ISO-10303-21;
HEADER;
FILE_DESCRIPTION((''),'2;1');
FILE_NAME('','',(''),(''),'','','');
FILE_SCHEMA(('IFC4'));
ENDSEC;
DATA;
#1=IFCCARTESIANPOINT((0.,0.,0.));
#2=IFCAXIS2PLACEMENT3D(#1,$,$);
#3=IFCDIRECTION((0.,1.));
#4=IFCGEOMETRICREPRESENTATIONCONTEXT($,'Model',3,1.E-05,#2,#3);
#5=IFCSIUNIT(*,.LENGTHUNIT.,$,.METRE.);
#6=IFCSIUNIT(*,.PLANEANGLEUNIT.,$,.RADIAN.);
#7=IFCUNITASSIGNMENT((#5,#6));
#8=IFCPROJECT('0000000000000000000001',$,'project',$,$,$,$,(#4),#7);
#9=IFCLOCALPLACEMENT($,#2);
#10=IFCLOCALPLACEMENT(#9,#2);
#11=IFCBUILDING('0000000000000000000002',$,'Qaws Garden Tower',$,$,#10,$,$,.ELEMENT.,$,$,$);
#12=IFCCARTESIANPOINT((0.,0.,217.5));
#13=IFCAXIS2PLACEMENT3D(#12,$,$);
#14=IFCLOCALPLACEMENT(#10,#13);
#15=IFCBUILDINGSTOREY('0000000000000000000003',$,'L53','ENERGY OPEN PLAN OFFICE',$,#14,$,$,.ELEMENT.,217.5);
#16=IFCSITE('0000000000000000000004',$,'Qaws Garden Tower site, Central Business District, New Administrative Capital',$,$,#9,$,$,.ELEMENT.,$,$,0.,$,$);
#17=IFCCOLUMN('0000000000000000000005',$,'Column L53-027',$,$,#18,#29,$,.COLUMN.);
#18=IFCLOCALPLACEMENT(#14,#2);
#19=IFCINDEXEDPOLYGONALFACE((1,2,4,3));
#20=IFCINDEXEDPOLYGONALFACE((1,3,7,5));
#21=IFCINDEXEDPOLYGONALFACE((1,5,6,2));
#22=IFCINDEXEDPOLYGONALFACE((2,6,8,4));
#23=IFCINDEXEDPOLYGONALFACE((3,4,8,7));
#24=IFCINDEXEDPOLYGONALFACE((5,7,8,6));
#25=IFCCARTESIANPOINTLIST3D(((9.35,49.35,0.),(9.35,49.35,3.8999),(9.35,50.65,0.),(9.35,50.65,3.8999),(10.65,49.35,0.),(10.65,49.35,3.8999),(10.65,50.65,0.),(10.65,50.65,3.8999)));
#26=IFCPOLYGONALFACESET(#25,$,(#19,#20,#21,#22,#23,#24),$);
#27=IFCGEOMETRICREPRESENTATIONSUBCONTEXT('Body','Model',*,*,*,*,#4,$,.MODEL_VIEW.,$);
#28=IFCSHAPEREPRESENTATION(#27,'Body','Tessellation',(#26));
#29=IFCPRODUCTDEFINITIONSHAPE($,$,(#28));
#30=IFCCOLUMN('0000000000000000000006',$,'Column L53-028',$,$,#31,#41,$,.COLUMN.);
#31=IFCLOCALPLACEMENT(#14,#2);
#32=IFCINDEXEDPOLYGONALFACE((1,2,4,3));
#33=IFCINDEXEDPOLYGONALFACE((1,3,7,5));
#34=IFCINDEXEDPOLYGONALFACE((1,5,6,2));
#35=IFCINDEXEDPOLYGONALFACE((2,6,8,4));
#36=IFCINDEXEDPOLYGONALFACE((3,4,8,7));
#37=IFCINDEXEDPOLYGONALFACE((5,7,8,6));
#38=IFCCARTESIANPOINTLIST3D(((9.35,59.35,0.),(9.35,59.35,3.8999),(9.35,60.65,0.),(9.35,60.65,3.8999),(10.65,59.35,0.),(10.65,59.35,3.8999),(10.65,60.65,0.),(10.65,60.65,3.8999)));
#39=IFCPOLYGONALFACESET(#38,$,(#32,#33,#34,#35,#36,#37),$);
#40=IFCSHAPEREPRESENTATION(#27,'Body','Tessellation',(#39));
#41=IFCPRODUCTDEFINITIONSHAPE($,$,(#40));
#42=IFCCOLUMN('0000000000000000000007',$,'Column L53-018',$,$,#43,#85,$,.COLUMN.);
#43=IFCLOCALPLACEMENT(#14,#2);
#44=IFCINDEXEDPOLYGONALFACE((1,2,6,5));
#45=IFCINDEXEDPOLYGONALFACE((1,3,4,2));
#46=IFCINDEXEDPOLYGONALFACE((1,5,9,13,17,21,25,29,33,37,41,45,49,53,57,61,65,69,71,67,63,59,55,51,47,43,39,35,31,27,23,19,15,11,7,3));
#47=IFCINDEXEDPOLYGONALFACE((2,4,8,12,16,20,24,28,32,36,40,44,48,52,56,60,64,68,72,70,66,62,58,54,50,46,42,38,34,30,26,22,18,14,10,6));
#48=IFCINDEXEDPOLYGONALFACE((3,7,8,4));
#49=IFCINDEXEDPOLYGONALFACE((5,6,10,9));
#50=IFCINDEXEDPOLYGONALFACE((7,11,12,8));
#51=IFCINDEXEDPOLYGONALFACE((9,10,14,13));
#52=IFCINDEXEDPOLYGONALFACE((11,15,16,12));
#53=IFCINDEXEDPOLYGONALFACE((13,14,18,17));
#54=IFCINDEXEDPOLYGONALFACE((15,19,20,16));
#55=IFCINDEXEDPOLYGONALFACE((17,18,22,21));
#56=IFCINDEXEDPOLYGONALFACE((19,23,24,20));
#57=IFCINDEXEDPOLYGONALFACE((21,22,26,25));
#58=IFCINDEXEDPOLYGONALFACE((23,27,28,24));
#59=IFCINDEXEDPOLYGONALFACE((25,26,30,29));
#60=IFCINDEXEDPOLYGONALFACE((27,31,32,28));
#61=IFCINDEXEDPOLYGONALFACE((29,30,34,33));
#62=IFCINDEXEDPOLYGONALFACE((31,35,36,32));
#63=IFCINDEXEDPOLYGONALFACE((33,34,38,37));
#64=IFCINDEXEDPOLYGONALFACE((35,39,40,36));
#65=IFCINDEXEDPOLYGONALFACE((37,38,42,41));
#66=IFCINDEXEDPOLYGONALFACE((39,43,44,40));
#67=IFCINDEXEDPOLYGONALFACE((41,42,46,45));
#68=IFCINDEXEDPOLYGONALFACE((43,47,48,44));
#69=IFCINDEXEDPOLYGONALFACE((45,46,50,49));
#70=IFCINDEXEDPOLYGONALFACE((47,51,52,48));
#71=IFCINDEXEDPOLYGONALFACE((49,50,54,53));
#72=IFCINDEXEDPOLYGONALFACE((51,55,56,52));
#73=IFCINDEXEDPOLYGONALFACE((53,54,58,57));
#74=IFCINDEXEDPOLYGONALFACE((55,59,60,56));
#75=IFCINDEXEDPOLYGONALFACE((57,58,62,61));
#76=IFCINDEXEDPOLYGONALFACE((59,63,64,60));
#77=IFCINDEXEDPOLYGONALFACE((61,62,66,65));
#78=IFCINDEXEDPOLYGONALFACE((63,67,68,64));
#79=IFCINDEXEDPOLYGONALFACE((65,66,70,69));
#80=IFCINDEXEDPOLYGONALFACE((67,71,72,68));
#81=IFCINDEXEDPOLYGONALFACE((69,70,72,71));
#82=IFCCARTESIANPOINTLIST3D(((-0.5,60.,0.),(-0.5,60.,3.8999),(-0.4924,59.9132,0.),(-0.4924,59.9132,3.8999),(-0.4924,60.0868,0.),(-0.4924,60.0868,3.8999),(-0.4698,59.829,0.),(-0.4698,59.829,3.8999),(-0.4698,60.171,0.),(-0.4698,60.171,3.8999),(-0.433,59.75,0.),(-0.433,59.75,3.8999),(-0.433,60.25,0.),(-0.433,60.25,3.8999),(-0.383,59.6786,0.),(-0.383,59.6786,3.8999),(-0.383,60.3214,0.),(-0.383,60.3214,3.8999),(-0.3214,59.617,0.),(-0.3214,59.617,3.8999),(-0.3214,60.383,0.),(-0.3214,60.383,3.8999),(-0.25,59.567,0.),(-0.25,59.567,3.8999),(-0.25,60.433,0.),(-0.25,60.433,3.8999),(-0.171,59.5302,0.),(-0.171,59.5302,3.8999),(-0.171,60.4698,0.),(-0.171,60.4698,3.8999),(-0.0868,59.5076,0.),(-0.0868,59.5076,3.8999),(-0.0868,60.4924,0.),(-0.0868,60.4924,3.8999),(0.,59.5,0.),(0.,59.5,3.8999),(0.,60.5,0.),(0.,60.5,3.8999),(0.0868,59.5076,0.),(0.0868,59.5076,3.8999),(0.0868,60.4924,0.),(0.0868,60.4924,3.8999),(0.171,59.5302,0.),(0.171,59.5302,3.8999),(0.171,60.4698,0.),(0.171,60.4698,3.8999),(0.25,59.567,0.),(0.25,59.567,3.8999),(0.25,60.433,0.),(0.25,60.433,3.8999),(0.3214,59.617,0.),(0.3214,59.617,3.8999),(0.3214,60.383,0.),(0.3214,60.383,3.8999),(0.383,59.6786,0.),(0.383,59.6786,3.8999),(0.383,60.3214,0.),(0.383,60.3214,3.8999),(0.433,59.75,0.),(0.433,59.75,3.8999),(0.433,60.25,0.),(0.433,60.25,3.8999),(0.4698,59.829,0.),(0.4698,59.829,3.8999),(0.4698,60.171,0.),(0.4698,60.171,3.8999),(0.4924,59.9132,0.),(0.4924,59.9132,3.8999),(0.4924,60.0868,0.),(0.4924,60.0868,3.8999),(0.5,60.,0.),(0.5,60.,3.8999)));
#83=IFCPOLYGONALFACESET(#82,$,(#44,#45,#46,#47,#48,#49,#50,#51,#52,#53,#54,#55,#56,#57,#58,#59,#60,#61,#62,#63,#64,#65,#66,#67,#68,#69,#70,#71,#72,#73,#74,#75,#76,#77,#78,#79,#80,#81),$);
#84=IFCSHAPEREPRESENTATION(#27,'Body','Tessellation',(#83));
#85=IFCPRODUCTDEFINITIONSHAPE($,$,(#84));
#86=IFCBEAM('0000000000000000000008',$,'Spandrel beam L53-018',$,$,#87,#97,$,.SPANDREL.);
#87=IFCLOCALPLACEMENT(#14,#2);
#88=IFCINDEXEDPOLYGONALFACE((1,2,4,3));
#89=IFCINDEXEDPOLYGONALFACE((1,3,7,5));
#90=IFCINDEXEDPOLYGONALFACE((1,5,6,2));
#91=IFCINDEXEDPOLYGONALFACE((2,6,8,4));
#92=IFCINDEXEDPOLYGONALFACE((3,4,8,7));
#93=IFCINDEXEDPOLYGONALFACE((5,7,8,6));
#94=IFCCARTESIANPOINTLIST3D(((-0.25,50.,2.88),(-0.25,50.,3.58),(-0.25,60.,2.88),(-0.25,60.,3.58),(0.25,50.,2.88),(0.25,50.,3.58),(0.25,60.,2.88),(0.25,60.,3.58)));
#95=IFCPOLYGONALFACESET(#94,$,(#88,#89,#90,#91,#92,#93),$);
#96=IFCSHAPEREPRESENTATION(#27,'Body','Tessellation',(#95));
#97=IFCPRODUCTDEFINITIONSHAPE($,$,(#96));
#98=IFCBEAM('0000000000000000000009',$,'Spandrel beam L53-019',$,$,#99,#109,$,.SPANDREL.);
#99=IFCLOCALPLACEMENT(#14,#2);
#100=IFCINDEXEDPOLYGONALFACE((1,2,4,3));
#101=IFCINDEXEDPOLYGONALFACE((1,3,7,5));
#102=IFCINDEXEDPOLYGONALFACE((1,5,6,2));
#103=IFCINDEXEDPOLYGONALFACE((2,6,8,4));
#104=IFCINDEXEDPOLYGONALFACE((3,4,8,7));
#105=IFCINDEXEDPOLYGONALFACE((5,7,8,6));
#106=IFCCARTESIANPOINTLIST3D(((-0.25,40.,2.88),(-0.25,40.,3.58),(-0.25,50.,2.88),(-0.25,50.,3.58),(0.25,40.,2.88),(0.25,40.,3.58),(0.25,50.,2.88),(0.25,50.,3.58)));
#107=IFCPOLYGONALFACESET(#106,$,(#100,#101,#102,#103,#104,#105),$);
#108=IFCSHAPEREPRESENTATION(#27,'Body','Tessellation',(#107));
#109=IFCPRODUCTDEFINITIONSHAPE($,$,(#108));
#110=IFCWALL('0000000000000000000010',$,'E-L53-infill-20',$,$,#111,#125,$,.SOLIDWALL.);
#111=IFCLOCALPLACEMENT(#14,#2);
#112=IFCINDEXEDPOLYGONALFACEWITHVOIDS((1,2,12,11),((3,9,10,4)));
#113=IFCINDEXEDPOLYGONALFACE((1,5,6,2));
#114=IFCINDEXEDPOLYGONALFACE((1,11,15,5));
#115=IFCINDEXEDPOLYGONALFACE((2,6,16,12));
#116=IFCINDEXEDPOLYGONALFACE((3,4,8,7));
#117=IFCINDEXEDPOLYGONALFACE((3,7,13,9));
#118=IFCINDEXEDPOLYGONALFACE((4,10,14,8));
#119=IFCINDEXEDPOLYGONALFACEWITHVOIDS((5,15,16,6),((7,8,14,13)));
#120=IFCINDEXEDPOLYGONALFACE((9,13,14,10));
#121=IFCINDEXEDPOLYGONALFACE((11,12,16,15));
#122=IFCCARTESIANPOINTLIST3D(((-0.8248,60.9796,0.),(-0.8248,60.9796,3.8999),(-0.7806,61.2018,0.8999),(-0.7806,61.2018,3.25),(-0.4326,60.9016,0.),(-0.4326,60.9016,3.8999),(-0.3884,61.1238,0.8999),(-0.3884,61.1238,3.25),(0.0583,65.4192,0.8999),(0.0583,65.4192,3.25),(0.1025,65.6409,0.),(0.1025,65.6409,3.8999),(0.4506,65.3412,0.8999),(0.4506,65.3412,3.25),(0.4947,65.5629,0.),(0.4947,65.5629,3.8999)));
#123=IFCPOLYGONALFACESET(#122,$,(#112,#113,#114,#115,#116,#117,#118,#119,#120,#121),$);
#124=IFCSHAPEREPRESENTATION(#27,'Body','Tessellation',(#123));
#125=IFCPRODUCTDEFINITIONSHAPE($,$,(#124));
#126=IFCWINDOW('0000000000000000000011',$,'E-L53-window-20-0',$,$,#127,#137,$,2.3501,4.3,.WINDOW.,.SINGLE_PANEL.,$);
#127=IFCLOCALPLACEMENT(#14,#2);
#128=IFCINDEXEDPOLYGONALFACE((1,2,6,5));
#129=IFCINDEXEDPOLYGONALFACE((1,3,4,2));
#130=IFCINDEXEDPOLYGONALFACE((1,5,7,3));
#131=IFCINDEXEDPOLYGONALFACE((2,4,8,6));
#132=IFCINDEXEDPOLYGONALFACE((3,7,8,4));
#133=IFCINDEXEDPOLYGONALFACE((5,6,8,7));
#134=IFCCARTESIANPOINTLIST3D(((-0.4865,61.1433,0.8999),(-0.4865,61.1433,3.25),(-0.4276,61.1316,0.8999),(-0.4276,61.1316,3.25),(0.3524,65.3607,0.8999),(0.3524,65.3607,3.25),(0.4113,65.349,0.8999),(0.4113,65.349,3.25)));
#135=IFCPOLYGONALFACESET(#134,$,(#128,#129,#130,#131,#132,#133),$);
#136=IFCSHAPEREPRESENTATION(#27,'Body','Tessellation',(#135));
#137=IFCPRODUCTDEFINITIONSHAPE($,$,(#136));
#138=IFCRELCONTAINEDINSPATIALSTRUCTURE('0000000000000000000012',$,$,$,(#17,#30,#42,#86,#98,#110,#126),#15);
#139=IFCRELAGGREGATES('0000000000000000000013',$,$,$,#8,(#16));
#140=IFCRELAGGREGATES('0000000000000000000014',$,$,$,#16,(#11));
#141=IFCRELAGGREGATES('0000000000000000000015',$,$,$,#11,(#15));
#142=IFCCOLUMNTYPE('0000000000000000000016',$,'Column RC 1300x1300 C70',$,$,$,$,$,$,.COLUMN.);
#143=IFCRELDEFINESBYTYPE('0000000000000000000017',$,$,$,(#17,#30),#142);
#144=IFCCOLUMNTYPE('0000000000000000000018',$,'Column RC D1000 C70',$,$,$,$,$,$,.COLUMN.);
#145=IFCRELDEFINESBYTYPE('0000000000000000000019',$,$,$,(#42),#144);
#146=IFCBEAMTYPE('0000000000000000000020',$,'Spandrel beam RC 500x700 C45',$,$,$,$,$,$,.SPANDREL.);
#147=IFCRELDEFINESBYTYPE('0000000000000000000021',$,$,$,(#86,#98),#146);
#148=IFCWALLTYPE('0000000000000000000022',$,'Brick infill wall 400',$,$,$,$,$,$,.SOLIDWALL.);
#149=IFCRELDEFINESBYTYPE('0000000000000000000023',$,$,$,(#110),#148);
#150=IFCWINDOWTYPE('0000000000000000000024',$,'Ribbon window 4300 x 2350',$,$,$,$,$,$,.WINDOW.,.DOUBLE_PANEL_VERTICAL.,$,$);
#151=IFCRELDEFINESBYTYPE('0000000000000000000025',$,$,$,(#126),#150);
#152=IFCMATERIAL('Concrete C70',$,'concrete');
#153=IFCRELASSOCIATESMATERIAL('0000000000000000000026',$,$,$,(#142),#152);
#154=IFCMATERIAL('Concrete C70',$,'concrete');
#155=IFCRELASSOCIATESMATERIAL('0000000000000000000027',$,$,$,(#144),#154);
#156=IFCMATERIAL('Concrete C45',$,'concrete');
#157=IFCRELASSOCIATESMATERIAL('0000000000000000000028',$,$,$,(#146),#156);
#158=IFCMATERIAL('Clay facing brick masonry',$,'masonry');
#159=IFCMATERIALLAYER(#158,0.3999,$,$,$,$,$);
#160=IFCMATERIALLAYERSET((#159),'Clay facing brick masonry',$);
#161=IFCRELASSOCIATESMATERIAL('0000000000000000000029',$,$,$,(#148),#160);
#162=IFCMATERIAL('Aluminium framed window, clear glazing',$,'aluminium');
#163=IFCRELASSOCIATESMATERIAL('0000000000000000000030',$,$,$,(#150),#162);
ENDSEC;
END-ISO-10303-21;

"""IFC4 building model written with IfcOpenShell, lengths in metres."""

from ifc_helpers import new_model, si_unit, direction, frame, frame_2d, origin, origin_2d, place, context, subcontext, project, spatial, rectangle, circle, extrude, material, layer, layer_set, material_profile, profile_set, type_object, element, fill, save


model = new_model("IFC4")

# Units and contexts
model_context = context("Model", 3, precision=1e-05, world=origin(), true_north=direction((0.0, 1.0)))
body_context = subcontext(model_context, "Body", "Model", "MODEL_VIEW")
ifc_project = project(units=[si_unit("LENGTHUNIT", "METRE"), si_unit("PLANEANGLEUNIT", "RADIAN")], contexts=[model_context])

# Site, building, storey
site_placement = place(None, origin())
site = spatial("IfcSite", under=ifc_project, at=site_placement, Name="Qaws Garden Tower site, Central Business District, New Administrative Capital", CompositionType="ELEMENT", RefElevation=0.0)
building_placement = place(site_placement, origin())
building = spatial("IfcBuilding", under=site, at=building_placement, Name="Qaws Garden Tower", CompositionType="ELEMENT")
storey_placement = place(building_placement, frame((0.0, 0.0, 217.5)))
storey = spatial("IfcBuildingStorey", under=building, at=storey_placement, Name="L53", Description="ENERGY OPEN PLAN OFFICE", CompositionType="ELEMENT", Elevation=217.5)

# Columns
ifc_material_1 = material(Name="Concrete C70", Category="concrete")
ifc_material_profile_1 = material_profile(ifc_material_1, rectangle(XDim=1.3, YDim=1.3, at=origin_2d()), Name="RC 1300x1300")
ifc_profile_set_1 = profile_set([ifc_material_profile_1], Name="Concrete C70")
column_type_1 = type_object("IfcColumnType", Name="Column RC 1300x1300 C70", PredefinedType="COLUMN", material=ifc_profile_set_1)
for number, where, z_axis, x_axis, name in (
    (1, (10.0, 50.0, 0.0), (0.0, 0.0, 1.0), (1.0, 0.0, 0.0), "Column L53-027"),
    (2, (10.0, 60.0, 0.0), (0.0, 0.0, 1.0), (1.0, 0.0, 0.0), "Column L53-028"),
):
    element("IfcColumn", number, at=place(storey_placement, frame(where, z_axis=z_axis, x_axis=x_axis)), inside=storey, type_object=column_type_1, Name=name, PredefinedType="COLUMN", context=body_context, shape_type="SweptSolid", body=[
        extrude(rectangle(XDim=1.3, YDim=1.3, at=origin_2d()), origin(), (0.0, 0.0, 1.0), 3.8999),
    ])
ifc_material_2 = material(Name="Concrete C70", Category="concrete")
ifc_material_profile_2 = material_profile(ifc_material_2, circle(Radius=0.5, at=origin_2d()), Name="RC D1000")
ifc_profile_set_2 = profile_set([ifc_material_profile_2], Name="Concrete C70")
column_type_2 = type_object("IfcColumnType", Name="Column RC D1000 C70", PredefinedType="COLUMN", material=ifc_profile_set_2)
column_placement = place(storey_placement, frame((0.0, 60.0, 0.0), z_axis=(0.0, 0.0, 1.0), x_axis=(1.0, 0.0, 0.0)))
element("IfcColumn", 3, at=column_placement, inside=storey, type_object=column_type_2, Name="Column L53-018", PredefinedType="COLUMN", context=body_context, shape_type="SweptSolid", body=[
    extrude(circle(Radius=0.5, at=origin_2d()), origin(), (0.0, 0.0, 1.0), 3.8999),
])

# Beams
ifc_material_3 = material(Name="Concrete C45", Category="concrete")
ifc_material_profile_3 = material_profile(ifc_material_3, rectangle(XDim=0.5, YDim=0.7, at=origin_2d()), Name="RC 500x700")
ifc_profile_set_3 = profile_set([ifc_material_profile_3], Name="Concrete C45")
beam_type = type_object("IfcBeamType", Name="Spandrel beam RC 500x700 C45", PredefinedType="SPANDREL", material=ifc_profile_set_3)
for number, where, z_axis, x_axis, name in (
    (4, (0.0, 60.0, 3.23), (0.0, -1.0, 0.0), (1.0, 0.0, 0.0), "Spandrel beam L53-018"),
    (5, (0.0, 50.0, 3.23), (0.0, -1.0, 0.0), (1.0, 0.0, 0.0), "Spandrel beam L53-019"),
):
    element("IfcBeam", number, at=place(storey_placement, frame(where, z_axis=z_axis, x_axis=x_axis)), inside=storey, type_object=beam_type, Name=name, PredefinedType="SPANDREL", context=body_context, shape_type="SweptSolid", body=[
        extrude(rectangle(XDim=0.5, YDim=0.7, at=origin_2d()), origin(), (0.0, 0.0, 1.0), 10.0),
    ])

# Wall, opening, window
ifc_material_4 = material(Name="Clay facing brick masonry", Category="masonry")
ifc_layer_1 = layer(ifc_material_4, 0.3999)
ifc_layer_set_1 = layer_set([ifc_layer_1], Name="Clay facing brick masonry")
wall_type_1 = type_object("IfcWallType", Name="Brick infill wall 400", PredefinedType="SOLIDWALL", material=ifc_layer_set_1)
wall_1_placement = place(storey_placement, frame((0.2986, 65.6021, 0.0), z_axis=(0.0, 0.0, 1.0), x_axis=(-0.195099, -0.980784, 0.0)))
wall_1 = element("IfcWall", 6, at=wall_1_placement, inside=storey, type_object=wall_type_1, Name="E-L53-infill-20", PredefinedType="SOLIDWALL", context=body_context, shape_type="SweptSolid", body=[
    extrude(rectangle(XDim=4.7527, YDim=0.3999, at=frame_2d((2.3765, 0.0))), origin(), (0.0, 0.0, 1.0), 3.8999),
])
opening_1_placement = place(wall_1_placement, frame((0.2263, 0.0, 0.8999)))
opening_1 = element("IfcOpeningElement", 7, at=opening_1_placement, cuts=wall_1, PredefinedType="OPENING", context=body_context, shape_type="SweptSolid", body=[
    extrude(rectangle(XDim=4.3, YDim=2.3501, at=frame_2d((2.1499, 1.175))), frame((0.0, 0.21, 0.0), z_axis=(0.0, -1.0, 0.0), x_axis=(1.0, 0.0, 0.0)), (0.0, 0.0, 1.0), 0.4199),
])
ifc_material_5 = material(Name="Aluminium framed window, clear glazing", Category="aluminium")
window_type_1 = type_object("IfcWindowType", Name="Ribbon window 4300 x 2350", PartitioningType="DOUBLE_PANEL_VERTICAL", PredefinedType="WINDOW", material=ifc_material_5)
window_1_placement = place(opening_1_placement, origin())
window_1 = element("IfcWindow", 8, at=window_1_placement, inside=storey, type_object=window_type_1, Name="E-L53-window-20-0", OverallHeight=2.3501, OverallWidth=4.3, PartitioningType="SINGLE_PANEL", PredefinedType="WINDOW", context=body_context, shape_type="SweptSolid", body=[
    extrude(rectangle(XDim=4.3, YDim=2.3501, at=frame_2d((2.1499, 1.175))), frame((0.0, 0.1599, 0.0), z_axis=(0.0, -1.0, 0.0), x_axis=(1.0, 0.0, 0.0)), (0.0, 0.0, 1.0), 0.0601),
])
fill(opening_1, window_1)

save(model, "model.ifc")
